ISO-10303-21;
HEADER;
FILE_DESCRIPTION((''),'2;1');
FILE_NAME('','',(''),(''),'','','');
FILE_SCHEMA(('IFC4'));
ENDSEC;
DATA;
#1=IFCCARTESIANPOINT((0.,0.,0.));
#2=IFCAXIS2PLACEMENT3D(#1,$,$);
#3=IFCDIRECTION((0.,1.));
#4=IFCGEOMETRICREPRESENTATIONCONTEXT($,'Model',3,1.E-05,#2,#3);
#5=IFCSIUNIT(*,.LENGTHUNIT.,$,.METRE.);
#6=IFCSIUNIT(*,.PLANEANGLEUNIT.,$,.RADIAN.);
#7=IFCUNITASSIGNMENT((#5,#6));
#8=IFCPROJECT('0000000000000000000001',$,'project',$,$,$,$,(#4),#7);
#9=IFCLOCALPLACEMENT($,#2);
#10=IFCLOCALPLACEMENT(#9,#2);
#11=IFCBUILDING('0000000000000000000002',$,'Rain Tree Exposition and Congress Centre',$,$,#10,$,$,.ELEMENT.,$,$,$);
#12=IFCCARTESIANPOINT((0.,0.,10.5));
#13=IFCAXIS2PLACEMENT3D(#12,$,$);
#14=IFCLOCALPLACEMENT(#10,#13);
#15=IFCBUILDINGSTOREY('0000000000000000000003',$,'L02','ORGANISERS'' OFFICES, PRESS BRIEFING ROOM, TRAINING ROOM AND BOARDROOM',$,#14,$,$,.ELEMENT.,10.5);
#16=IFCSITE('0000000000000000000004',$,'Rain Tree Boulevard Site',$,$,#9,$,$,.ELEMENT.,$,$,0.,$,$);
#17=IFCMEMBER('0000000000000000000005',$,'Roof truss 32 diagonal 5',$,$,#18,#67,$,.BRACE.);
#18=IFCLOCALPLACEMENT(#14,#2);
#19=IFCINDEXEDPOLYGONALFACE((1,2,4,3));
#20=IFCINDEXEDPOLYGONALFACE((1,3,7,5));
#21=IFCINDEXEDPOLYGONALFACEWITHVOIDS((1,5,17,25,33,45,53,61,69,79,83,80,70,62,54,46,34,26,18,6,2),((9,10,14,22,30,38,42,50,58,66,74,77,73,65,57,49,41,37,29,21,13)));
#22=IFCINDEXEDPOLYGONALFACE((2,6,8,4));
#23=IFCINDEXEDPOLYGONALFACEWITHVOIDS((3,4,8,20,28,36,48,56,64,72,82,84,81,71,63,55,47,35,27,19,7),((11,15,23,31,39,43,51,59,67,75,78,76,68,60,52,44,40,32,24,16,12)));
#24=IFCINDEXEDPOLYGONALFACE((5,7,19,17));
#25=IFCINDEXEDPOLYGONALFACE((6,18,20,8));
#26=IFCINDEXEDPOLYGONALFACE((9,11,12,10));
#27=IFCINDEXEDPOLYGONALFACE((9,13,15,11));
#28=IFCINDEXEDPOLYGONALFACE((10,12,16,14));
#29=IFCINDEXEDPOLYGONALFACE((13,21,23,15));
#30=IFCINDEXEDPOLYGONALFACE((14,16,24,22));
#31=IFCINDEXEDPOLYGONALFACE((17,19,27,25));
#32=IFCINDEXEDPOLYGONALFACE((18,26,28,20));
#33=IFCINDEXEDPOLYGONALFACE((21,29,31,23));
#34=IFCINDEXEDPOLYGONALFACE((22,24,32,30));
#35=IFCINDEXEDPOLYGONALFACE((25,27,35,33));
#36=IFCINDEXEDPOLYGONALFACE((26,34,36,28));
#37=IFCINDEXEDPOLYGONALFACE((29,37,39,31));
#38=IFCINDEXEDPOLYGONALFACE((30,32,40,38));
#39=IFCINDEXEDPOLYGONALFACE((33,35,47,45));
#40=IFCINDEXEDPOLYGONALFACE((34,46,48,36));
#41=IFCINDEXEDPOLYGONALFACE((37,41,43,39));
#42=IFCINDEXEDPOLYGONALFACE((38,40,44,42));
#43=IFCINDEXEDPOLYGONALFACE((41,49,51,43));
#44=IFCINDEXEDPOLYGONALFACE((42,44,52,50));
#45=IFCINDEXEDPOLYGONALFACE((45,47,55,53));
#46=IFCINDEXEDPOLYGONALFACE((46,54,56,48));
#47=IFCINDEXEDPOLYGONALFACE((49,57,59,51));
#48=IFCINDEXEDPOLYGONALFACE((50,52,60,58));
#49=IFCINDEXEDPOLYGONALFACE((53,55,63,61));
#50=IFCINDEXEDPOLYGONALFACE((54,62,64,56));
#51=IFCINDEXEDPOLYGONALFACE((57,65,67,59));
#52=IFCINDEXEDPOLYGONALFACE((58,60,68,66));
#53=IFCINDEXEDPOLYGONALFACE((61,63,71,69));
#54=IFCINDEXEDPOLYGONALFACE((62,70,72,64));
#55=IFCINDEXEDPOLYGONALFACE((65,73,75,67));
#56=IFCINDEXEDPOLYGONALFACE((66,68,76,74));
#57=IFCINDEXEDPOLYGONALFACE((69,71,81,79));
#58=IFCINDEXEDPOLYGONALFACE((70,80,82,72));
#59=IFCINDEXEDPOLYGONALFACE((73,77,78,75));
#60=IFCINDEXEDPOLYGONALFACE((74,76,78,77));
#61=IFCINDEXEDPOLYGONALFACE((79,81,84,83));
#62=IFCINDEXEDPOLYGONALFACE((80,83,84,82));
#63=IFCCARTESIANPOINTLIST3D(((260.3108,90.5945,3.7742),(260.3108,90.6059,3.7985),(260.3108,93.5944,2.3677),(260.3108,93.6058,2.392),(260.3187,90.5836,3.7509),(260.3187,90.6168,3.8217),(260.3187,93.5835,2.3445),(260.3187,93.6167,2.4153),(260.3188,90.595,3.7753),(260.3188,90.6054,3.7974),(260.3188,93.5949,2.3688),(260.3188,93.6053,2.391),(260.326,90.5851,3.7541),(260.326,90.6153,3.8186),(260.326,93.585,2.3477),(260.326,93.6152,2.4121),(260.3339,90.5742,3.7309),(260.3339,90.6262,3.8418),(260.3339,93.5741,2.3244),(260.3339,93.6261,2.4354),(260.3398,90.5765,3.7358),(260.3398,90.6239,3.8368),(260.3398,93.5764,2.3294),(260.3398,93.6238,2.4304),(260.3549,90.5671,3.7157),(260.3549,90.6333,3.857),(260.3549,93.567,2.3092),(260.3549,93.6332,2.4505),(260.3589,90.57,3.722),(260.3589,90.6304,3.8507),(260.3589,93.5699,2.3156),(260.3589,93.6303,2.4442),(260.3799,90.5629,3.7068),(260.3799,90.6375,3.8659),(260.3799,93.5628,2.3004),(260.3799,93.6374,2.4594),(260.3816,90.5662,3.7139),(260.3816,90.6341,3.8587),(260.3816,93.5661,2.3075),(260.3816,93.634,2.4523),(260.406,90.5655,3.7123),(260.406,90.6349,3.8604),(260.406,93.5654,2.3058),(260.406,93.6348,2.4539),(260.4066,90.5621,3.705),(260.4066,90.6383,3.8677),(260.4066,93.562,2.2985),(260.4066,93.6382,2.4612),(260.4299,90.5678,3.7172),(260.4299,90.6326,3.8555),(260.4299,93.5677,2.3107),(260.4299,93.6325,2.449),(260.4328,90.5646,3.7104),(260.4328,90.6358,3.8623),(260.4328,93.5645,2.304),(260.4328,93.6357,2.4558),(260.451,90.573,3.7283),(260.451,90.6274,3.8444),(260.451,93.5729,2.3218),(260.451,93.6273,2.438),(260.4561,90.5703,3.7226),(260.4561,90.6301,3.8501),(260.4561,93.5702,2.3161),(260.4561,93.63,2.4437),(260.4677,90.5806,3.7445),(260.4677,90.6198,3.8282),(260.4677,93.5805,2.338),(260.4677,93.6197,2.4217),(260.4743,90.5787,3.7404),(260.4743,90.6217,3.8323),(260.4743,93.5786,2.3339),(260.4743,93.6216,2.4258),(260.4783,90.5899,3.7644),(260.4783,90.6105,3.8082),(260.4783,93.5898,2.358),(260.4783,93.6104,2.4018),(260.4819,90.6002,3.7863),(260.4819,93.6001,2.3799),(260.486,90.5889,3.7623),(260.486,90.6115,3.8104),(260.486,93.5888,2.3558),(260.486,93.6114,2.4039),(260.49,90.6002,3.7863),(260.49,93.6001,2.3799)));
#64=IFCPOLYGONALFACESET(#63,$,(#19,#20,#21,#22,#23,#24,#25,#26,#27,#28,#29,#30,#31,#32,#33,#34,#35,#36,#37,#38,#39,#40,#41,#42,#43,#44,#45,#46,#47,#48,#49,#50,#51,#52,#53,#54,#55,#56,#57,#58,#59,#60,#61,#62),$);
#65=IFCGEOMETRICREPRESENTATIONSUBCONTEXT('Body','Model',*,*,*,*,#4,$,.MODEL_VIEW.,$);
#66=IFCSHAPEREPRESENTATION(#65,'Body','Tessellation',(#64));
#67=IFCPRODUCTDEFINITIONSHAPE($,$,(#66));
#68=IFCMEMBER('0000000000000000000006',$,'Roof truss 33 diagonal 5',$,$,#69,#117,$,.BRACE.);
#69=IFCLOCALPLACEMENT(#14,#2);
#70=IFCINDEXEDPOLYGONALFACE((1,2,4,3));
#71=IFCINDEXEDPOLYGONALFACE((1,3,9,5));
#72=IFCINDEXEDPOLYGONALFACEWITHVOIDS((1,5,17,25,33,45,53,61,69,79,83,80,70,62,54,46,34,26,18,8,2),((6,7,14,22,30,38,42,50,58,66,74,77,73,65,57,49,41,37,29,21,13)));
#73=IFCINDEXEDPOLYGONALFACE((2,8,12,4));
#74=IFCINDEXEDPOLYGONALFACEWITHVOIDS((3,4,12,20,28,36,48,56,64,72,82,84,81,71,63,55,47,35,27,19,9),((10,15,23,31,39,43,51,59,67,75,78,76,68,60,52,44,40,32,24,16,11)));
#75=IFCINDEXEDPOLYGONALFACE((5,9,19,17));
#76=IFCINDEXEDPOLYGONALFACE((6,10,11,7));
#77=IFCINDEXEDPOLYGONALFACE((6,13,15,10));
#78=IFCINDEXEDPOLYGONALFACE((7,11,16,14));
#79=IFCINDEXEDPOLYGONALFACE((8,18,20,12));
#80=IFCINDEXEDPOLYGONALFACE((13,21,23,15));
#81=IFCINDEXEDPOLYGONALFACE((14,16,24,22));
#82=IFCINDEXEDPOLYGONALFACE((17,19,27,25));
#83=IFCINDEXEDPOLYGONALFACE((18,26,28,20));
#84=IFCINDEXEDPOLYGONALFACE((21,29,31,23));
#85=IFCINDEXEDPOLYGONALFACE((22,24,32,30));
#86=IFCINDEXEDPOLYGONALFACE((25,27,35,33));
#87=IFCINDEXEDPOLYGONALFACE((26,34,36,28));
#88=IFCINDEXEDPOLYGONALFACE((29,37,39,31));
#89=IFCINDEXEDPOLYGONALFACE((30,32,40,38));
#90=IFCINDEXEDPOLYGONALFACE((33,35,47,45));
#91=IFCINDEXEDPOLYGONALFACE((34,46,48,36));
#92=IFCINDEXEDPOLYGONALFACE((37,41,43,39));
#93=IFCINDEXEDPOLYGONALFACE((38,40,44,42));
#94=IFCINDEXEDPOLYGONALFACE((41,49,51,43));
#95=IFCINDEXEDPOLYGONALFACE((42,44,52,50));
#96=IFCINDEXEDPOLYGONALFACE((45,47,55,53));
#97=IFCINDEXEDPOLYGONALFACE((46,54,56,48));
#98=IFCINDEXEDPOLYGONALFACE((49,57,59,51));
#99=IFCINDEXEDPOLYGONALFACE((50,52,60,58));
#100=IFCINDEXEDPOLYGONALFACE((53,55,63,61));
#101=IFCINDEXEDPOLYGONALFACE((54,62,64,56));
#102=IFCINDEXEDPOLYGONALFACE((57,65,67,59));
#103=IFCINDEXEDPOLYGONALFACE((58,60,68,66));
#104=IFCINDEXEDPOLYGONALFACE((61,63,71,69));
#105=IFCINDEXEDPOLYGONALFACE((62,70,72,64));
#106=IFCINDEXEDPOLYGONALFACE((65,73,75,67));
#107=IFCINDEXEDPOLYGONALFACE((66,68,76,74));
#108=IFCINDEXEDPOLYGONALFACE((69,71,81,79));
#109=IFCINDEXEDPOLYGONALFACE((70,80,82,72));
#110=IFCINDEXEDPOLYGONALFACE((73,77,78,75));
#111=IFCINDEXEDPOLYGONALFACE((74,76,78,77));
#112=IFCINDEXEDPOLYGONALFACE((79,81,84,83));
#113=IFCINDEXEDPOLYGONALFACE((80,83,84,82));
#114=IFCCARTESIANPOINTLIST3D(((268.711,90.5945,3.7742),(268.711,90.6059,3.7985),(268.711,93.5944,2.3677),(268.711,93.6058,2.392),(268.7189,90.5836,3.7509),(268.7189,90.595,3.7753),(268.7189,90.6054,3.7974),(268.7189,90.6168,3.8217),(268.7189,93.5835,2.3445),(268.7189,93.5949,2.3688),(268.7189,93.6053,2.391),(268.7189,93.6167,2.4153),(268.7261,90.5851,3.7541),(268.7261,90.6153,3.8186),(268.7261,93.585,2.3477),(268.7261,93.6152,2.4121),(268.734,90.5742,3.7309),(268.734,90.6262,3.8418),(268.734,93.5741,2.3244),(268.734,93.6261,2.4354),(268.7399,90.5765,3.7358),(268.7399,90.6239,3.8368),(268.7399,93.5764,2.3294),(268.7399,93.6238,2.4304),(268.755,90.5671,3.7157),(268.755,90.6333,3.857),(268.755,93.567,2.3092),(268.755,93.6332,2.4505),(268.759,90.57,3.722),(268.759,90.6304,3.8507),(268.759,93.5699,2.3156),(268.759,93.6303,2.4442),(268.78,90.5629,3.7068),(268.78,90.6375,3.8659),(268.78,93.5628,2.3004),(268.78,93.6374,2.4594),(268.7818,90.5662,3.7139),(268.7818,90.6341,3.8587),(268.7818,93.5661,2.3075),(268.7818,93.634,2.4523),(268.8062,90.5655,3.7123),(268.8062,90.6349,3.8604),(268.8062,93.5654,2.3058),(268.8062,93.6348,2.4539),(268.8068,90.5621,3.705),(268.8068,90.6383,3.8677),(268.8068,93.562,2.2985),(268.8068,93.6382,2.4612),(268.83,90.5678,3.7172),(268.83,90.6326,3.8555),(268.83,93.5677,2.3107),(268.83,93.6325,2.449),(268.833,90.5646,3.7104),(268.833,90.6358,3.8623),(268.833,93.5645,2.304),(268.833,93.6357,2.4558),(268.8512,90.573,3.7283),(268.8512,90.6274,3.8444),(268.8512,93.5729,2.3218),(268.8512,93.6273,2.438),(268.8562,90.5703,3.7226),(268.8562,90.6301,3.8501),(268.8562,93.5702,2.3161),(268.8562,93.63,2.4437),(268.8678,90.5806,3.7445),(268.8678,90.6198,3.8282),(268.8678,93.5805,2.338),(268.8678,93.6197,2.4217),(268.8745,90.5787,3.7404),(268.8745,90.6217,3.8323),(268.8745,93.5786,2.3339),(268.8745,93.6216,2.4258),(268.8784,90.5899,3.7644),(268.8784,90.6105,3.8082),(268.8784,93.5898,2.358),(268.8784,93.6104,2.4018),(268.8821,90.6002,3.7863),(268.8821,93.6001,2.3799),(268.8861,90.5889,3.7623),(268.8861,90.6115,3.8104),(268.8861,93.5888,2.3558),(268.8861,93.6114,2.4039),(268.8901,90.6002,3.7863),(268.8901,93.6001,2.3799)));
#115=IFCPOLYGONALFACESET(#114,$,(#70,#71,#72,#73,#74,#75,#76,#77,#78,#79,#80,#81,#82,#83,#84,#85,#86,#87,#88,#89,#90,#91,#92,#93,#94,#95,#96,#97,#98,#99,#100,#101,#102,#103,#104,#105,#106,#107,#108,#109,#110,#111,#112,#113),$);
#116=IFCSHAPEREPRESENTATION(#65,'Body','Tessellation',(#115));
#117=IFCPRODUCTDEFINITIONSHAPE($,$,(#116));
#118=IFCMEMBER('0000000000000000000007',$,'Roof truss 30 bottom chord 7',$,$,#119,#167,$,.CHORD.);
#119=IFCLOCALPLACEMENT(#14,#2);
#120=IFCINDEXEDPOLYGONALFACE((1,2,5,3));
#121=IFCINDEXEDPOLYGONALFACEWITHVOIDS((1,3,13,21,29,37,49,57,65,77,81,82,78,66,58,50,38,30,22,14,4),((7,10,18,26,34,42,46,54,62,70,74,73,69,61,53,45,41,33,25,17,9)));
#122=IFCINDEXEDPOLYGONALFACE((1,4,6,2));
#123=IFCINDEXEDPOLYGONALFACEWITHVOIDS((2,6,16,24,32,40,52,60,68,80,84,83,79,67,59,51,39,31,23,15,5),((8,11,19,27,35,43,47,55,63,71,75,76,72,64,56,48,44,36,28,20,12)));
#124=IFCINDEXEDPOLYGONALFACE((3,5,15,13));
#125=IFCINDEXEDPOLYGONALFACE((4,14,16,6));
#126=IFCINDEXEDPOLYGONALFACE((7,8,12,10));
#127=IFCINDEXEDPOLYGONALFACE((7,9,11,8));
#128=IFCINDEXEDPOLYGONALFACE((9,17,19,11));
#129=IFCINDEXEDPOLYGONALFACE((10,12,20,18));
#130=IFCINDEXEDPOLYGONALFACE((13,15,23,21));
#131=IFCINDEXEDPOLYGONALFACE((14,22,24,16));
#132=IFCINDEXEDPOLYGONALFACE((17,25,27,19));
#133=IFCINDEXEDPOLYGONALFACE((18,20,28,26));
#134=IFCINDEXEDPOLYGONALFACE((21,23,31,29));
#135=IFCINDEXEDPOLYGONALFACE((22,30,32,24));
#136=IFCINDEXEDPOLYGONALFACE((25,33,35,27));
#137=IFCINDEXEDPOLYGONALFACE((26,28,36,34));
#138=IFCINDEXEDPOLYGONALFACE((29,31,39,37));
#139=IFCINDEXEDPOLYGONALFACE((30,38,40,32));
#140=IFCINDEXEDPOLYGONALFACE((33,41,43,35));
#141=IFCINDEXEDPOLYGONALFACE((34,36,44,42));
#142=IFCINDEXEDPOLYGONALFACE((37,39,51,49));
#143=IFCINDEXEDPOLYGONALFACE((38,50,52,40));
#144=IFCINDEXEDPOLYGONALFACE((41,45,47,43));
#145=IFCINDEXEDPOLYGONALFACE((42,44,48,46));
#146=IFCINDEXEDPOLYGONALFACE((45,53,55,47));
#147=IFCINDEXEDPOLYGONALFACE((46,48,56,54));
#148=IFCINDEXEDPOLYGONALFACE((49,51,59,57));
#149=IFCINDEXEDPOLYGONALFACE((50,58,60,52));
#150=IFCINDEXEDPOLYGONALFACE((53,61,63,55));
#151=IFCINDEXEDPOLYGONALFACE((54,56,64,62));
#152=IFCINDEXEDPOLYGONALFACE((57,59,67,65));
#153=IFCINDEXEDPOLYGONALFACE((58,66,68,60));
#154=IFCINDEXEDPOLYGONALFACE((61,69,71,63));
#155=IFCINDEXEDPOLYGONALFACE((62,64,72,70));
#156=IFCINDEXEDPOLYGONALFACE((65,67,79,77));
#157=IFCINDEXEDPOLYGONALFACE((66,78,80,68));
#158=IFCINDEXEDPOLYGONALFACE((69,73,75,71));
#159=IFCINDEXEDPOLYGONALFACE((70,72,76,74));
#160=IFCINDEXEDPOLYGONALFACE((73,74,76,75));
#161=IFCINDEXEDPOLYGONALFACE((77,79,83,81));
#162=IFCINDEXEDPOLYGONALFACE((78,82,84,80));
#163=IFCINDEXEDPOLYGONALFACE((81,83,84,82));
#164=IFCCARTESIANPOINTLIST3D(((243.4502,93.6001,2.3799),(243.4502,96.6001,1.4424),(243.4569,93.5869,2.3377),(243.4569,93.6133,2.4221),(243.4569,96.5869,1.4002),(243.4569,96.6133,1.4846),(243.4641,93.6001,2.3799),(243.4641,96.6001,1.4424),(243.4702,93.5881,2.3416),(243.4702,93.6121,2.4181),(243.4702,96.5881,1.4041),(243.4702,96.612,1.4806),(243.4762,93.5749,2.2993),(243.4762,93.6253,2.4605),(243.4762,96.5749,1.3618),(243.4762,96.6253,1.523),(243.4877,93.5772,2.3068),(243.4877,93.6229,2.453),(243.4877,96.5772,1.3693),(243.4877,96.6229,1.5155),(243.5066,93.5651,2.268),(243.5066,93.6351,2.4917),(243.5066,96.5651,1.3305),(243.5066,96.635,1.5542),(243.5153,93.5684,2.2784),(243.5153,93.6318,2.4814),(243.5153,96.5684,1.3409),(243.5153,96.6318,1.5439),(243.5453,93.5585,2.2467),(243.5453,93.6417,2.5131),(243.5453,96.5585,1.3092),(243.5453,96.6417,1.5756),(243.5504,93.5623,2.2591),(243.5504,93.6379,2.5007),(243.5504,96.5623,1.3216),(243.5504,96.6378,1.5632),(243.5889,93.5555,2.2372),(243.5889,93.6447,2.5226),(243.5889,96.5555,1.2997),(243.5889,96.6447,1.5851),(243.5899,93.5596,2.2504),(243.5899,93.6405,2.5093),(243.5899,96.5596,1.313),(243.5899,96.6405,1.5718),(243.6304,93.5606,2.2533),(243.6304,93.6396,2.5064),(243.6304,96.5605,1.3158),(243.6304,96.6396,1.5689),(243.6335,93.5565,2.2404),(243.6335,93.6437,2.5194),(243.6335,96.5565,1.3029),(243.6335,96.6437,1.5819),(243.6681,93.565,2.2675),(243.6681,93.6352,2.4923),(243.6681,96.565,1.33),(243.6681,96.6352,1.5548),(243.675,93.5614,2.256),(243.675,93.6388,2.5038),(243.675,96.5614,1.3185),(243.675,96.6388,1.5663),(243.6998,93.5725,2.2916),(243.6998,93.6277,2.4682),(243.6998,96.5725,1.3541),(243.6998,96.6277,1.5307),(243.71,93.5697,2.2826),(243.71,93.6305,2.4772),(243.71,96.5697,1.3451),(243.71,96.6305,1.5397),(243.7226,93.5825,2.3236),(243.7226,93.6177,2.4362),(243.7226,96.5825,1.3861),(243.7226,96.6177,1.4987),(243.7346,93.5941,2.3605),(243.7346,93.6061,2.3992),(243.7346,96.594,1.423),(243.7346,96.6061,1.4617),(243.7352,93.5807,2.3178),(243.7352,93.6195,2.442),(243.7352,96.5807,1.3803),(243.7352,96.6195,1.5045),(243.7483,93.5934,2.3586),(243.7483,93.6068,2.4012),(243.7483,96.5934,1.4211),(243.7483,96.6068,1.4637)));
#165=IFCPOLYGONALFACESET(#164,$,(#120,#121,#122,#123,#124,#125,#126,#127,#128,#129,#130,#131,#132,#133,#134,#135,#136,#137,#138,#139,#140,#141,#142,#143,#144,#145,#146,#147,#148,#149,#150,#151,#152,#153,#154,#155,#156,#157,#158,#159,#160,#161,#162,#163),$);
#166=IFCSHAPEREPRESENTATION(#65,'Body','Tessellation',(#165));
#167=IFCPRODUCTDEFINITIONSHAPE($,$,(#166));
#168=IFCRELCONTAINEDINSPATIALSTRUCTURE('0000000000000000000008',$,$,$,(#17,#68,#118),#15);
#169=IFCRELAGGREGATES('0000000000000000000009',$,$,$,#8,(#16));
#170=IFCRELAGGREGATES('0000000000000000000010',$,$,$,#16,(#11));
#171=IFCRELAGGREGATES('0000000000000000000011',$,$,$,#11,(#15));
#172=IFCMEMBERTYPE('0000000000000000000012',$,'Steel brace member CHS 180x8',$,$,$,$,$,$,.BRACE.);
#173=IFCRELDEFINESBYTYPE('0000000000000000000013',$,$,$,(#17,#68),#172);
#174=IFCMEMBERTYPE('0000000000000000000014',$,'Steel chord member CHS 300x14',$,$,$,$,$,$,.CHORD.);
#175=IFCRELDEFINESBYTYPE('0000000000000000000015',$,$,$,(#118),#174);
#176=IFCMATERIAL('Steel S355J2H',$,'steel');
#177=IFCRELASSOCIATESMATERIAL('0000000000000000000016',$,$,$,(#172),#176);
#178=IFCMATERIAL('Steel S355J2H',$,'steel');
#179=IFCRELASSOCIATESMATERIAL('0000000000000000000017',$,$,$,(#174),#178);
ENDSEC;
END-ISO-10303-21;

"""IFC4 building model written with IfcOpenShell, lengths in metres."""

from ifc_helpers import new_model, si_unit, direction, frame, origin, origin_2d, place, context, subcontext, project, spatial, hollow_circle, extrude, material, material_profile, profile_set, type_object, element, save


model = new_model("IFC4")

# Units and contexts
model_context = context("Model", 3, precision=1e-05, world=origin(), true_north=direction((0.0, 1.0)))
body_context = subcontext(model_context, "Body", "Model", "MODEL_VIEW")
ifc_project = project(units=[si_unit("LENGTHUNIT", "METRE"), si_unit("PLANEANGLEUNIT", "RADIAN")], contexts=[model_context])

# Site, building, storey
site_placement = place(None, origin())
site = spatial("IfcSite", under=ifc_project, at=site_placement, Name="Rain Tree Boulevard Site", CompositionType="ELEMENT", RefElevation=0.0)
building_placement = place(site_placement, origin())
building = spatial("IfcBuilding", under=site, at=building_placement, Name="Rain Tree Exposition and Congress Centre", CompositionType="ELEMENT")
storey_placement = place(building_placement, frame((0.0, 0.0, 10.5)))
storey = spatial("IfcBuildingStorey", under=building, at=storey_placement, Name="L02", Description="ORGANISERS' OFFICES, PRESS BRIEFING ROOM, TRAINING ROOM AND BOARDROOM", CompositionType="ELEMENT", Elevation=10.5)

# Members
ifc_material_1 = material(Name="Steel S355J2H", Category="steel")
ifc_material_profile_1 = material_profile(ifc_material_1, hollow_circle(Radius=0.0901, WallThickness=0.0081, at=origin_2d()), Name="CHS 180x8")
ifc_profile_set_1 = profile_set([ifc_material_profile_1], Name="Steel S355J2H")
member_type_1 = type_object("IfcMemberType", Name="Steel brace member CHS 180x8", PredefinedType="BRACE", material=ifc_profile_set_1)
for number, where, z_axis, x_axis, name in (
    (1, (260.3999, 93.6001, 2.3799), (0.0, -0.905431, 0.424494), (1.0, 0.0, 0.0), "Roof truss 32 diagonal 5"),
    (2, (268.8, 93.6001, 2.3799), (0.0, -0.905431, 0.424494), (1.0, 0.0, 0.0), "Roof truss 33 diagonal 5"),
):
    element("IfcMember", number, at=place(storey_placement, frame(where, z_axis=z_axis, x_axis=x_axis)), inside=storey, type_object=member_type_1, Name=name, PredefinedType="BRACE", context=body_context, shape_type="SweptSolid", body=[
        extrude(hollow_circle(Radius=0.0901, WallThickness=0.0081, at=origin_2d()), origin(), (0.0, 0.0, 1.0), 3.3132),
    ])
ifc_material_2 = material(Name="Steel S355J2H", Category="steel")
ifc_material_profile_2 = material_profile(ifc_material_2, hollow_circle(Radius=0.1499, WallThickness=0.0139, at=origin_2d()), Name="CHS 300x14")
ifc_profile_set_2 = profile_set([ifc_material_profile_2], Name="Steel S355J2H")
member_type_2 = type_object("IfcMemberType", Name="Steel chord member CHS 300x14", PredefinedType="CHORD", material=ifc_profile_set_2)
member_1_placement = place(storey_placement, frame((243.6001, 93.6001, 2.3799), z_axis=(0.0, 0.95448, -0.298275), x_axis=(-1.0, 0.0, 0.0)))
element("IfcMember", 3, at=member_1_placement, inside=storey, type_object=member_type_2, Name="Roof truss 30 bottom chord 7", PredefinedType="CHORD", context=body_context, shape_type="SweptSolid", body=[
    extrude(hollow_circle(Radius=0.1499, WallThickness=0.0139, at=origin_2d()), origin(), (0.0, 0.0, 1.0), 3.1431),
])

save(model, "model.ifc")
